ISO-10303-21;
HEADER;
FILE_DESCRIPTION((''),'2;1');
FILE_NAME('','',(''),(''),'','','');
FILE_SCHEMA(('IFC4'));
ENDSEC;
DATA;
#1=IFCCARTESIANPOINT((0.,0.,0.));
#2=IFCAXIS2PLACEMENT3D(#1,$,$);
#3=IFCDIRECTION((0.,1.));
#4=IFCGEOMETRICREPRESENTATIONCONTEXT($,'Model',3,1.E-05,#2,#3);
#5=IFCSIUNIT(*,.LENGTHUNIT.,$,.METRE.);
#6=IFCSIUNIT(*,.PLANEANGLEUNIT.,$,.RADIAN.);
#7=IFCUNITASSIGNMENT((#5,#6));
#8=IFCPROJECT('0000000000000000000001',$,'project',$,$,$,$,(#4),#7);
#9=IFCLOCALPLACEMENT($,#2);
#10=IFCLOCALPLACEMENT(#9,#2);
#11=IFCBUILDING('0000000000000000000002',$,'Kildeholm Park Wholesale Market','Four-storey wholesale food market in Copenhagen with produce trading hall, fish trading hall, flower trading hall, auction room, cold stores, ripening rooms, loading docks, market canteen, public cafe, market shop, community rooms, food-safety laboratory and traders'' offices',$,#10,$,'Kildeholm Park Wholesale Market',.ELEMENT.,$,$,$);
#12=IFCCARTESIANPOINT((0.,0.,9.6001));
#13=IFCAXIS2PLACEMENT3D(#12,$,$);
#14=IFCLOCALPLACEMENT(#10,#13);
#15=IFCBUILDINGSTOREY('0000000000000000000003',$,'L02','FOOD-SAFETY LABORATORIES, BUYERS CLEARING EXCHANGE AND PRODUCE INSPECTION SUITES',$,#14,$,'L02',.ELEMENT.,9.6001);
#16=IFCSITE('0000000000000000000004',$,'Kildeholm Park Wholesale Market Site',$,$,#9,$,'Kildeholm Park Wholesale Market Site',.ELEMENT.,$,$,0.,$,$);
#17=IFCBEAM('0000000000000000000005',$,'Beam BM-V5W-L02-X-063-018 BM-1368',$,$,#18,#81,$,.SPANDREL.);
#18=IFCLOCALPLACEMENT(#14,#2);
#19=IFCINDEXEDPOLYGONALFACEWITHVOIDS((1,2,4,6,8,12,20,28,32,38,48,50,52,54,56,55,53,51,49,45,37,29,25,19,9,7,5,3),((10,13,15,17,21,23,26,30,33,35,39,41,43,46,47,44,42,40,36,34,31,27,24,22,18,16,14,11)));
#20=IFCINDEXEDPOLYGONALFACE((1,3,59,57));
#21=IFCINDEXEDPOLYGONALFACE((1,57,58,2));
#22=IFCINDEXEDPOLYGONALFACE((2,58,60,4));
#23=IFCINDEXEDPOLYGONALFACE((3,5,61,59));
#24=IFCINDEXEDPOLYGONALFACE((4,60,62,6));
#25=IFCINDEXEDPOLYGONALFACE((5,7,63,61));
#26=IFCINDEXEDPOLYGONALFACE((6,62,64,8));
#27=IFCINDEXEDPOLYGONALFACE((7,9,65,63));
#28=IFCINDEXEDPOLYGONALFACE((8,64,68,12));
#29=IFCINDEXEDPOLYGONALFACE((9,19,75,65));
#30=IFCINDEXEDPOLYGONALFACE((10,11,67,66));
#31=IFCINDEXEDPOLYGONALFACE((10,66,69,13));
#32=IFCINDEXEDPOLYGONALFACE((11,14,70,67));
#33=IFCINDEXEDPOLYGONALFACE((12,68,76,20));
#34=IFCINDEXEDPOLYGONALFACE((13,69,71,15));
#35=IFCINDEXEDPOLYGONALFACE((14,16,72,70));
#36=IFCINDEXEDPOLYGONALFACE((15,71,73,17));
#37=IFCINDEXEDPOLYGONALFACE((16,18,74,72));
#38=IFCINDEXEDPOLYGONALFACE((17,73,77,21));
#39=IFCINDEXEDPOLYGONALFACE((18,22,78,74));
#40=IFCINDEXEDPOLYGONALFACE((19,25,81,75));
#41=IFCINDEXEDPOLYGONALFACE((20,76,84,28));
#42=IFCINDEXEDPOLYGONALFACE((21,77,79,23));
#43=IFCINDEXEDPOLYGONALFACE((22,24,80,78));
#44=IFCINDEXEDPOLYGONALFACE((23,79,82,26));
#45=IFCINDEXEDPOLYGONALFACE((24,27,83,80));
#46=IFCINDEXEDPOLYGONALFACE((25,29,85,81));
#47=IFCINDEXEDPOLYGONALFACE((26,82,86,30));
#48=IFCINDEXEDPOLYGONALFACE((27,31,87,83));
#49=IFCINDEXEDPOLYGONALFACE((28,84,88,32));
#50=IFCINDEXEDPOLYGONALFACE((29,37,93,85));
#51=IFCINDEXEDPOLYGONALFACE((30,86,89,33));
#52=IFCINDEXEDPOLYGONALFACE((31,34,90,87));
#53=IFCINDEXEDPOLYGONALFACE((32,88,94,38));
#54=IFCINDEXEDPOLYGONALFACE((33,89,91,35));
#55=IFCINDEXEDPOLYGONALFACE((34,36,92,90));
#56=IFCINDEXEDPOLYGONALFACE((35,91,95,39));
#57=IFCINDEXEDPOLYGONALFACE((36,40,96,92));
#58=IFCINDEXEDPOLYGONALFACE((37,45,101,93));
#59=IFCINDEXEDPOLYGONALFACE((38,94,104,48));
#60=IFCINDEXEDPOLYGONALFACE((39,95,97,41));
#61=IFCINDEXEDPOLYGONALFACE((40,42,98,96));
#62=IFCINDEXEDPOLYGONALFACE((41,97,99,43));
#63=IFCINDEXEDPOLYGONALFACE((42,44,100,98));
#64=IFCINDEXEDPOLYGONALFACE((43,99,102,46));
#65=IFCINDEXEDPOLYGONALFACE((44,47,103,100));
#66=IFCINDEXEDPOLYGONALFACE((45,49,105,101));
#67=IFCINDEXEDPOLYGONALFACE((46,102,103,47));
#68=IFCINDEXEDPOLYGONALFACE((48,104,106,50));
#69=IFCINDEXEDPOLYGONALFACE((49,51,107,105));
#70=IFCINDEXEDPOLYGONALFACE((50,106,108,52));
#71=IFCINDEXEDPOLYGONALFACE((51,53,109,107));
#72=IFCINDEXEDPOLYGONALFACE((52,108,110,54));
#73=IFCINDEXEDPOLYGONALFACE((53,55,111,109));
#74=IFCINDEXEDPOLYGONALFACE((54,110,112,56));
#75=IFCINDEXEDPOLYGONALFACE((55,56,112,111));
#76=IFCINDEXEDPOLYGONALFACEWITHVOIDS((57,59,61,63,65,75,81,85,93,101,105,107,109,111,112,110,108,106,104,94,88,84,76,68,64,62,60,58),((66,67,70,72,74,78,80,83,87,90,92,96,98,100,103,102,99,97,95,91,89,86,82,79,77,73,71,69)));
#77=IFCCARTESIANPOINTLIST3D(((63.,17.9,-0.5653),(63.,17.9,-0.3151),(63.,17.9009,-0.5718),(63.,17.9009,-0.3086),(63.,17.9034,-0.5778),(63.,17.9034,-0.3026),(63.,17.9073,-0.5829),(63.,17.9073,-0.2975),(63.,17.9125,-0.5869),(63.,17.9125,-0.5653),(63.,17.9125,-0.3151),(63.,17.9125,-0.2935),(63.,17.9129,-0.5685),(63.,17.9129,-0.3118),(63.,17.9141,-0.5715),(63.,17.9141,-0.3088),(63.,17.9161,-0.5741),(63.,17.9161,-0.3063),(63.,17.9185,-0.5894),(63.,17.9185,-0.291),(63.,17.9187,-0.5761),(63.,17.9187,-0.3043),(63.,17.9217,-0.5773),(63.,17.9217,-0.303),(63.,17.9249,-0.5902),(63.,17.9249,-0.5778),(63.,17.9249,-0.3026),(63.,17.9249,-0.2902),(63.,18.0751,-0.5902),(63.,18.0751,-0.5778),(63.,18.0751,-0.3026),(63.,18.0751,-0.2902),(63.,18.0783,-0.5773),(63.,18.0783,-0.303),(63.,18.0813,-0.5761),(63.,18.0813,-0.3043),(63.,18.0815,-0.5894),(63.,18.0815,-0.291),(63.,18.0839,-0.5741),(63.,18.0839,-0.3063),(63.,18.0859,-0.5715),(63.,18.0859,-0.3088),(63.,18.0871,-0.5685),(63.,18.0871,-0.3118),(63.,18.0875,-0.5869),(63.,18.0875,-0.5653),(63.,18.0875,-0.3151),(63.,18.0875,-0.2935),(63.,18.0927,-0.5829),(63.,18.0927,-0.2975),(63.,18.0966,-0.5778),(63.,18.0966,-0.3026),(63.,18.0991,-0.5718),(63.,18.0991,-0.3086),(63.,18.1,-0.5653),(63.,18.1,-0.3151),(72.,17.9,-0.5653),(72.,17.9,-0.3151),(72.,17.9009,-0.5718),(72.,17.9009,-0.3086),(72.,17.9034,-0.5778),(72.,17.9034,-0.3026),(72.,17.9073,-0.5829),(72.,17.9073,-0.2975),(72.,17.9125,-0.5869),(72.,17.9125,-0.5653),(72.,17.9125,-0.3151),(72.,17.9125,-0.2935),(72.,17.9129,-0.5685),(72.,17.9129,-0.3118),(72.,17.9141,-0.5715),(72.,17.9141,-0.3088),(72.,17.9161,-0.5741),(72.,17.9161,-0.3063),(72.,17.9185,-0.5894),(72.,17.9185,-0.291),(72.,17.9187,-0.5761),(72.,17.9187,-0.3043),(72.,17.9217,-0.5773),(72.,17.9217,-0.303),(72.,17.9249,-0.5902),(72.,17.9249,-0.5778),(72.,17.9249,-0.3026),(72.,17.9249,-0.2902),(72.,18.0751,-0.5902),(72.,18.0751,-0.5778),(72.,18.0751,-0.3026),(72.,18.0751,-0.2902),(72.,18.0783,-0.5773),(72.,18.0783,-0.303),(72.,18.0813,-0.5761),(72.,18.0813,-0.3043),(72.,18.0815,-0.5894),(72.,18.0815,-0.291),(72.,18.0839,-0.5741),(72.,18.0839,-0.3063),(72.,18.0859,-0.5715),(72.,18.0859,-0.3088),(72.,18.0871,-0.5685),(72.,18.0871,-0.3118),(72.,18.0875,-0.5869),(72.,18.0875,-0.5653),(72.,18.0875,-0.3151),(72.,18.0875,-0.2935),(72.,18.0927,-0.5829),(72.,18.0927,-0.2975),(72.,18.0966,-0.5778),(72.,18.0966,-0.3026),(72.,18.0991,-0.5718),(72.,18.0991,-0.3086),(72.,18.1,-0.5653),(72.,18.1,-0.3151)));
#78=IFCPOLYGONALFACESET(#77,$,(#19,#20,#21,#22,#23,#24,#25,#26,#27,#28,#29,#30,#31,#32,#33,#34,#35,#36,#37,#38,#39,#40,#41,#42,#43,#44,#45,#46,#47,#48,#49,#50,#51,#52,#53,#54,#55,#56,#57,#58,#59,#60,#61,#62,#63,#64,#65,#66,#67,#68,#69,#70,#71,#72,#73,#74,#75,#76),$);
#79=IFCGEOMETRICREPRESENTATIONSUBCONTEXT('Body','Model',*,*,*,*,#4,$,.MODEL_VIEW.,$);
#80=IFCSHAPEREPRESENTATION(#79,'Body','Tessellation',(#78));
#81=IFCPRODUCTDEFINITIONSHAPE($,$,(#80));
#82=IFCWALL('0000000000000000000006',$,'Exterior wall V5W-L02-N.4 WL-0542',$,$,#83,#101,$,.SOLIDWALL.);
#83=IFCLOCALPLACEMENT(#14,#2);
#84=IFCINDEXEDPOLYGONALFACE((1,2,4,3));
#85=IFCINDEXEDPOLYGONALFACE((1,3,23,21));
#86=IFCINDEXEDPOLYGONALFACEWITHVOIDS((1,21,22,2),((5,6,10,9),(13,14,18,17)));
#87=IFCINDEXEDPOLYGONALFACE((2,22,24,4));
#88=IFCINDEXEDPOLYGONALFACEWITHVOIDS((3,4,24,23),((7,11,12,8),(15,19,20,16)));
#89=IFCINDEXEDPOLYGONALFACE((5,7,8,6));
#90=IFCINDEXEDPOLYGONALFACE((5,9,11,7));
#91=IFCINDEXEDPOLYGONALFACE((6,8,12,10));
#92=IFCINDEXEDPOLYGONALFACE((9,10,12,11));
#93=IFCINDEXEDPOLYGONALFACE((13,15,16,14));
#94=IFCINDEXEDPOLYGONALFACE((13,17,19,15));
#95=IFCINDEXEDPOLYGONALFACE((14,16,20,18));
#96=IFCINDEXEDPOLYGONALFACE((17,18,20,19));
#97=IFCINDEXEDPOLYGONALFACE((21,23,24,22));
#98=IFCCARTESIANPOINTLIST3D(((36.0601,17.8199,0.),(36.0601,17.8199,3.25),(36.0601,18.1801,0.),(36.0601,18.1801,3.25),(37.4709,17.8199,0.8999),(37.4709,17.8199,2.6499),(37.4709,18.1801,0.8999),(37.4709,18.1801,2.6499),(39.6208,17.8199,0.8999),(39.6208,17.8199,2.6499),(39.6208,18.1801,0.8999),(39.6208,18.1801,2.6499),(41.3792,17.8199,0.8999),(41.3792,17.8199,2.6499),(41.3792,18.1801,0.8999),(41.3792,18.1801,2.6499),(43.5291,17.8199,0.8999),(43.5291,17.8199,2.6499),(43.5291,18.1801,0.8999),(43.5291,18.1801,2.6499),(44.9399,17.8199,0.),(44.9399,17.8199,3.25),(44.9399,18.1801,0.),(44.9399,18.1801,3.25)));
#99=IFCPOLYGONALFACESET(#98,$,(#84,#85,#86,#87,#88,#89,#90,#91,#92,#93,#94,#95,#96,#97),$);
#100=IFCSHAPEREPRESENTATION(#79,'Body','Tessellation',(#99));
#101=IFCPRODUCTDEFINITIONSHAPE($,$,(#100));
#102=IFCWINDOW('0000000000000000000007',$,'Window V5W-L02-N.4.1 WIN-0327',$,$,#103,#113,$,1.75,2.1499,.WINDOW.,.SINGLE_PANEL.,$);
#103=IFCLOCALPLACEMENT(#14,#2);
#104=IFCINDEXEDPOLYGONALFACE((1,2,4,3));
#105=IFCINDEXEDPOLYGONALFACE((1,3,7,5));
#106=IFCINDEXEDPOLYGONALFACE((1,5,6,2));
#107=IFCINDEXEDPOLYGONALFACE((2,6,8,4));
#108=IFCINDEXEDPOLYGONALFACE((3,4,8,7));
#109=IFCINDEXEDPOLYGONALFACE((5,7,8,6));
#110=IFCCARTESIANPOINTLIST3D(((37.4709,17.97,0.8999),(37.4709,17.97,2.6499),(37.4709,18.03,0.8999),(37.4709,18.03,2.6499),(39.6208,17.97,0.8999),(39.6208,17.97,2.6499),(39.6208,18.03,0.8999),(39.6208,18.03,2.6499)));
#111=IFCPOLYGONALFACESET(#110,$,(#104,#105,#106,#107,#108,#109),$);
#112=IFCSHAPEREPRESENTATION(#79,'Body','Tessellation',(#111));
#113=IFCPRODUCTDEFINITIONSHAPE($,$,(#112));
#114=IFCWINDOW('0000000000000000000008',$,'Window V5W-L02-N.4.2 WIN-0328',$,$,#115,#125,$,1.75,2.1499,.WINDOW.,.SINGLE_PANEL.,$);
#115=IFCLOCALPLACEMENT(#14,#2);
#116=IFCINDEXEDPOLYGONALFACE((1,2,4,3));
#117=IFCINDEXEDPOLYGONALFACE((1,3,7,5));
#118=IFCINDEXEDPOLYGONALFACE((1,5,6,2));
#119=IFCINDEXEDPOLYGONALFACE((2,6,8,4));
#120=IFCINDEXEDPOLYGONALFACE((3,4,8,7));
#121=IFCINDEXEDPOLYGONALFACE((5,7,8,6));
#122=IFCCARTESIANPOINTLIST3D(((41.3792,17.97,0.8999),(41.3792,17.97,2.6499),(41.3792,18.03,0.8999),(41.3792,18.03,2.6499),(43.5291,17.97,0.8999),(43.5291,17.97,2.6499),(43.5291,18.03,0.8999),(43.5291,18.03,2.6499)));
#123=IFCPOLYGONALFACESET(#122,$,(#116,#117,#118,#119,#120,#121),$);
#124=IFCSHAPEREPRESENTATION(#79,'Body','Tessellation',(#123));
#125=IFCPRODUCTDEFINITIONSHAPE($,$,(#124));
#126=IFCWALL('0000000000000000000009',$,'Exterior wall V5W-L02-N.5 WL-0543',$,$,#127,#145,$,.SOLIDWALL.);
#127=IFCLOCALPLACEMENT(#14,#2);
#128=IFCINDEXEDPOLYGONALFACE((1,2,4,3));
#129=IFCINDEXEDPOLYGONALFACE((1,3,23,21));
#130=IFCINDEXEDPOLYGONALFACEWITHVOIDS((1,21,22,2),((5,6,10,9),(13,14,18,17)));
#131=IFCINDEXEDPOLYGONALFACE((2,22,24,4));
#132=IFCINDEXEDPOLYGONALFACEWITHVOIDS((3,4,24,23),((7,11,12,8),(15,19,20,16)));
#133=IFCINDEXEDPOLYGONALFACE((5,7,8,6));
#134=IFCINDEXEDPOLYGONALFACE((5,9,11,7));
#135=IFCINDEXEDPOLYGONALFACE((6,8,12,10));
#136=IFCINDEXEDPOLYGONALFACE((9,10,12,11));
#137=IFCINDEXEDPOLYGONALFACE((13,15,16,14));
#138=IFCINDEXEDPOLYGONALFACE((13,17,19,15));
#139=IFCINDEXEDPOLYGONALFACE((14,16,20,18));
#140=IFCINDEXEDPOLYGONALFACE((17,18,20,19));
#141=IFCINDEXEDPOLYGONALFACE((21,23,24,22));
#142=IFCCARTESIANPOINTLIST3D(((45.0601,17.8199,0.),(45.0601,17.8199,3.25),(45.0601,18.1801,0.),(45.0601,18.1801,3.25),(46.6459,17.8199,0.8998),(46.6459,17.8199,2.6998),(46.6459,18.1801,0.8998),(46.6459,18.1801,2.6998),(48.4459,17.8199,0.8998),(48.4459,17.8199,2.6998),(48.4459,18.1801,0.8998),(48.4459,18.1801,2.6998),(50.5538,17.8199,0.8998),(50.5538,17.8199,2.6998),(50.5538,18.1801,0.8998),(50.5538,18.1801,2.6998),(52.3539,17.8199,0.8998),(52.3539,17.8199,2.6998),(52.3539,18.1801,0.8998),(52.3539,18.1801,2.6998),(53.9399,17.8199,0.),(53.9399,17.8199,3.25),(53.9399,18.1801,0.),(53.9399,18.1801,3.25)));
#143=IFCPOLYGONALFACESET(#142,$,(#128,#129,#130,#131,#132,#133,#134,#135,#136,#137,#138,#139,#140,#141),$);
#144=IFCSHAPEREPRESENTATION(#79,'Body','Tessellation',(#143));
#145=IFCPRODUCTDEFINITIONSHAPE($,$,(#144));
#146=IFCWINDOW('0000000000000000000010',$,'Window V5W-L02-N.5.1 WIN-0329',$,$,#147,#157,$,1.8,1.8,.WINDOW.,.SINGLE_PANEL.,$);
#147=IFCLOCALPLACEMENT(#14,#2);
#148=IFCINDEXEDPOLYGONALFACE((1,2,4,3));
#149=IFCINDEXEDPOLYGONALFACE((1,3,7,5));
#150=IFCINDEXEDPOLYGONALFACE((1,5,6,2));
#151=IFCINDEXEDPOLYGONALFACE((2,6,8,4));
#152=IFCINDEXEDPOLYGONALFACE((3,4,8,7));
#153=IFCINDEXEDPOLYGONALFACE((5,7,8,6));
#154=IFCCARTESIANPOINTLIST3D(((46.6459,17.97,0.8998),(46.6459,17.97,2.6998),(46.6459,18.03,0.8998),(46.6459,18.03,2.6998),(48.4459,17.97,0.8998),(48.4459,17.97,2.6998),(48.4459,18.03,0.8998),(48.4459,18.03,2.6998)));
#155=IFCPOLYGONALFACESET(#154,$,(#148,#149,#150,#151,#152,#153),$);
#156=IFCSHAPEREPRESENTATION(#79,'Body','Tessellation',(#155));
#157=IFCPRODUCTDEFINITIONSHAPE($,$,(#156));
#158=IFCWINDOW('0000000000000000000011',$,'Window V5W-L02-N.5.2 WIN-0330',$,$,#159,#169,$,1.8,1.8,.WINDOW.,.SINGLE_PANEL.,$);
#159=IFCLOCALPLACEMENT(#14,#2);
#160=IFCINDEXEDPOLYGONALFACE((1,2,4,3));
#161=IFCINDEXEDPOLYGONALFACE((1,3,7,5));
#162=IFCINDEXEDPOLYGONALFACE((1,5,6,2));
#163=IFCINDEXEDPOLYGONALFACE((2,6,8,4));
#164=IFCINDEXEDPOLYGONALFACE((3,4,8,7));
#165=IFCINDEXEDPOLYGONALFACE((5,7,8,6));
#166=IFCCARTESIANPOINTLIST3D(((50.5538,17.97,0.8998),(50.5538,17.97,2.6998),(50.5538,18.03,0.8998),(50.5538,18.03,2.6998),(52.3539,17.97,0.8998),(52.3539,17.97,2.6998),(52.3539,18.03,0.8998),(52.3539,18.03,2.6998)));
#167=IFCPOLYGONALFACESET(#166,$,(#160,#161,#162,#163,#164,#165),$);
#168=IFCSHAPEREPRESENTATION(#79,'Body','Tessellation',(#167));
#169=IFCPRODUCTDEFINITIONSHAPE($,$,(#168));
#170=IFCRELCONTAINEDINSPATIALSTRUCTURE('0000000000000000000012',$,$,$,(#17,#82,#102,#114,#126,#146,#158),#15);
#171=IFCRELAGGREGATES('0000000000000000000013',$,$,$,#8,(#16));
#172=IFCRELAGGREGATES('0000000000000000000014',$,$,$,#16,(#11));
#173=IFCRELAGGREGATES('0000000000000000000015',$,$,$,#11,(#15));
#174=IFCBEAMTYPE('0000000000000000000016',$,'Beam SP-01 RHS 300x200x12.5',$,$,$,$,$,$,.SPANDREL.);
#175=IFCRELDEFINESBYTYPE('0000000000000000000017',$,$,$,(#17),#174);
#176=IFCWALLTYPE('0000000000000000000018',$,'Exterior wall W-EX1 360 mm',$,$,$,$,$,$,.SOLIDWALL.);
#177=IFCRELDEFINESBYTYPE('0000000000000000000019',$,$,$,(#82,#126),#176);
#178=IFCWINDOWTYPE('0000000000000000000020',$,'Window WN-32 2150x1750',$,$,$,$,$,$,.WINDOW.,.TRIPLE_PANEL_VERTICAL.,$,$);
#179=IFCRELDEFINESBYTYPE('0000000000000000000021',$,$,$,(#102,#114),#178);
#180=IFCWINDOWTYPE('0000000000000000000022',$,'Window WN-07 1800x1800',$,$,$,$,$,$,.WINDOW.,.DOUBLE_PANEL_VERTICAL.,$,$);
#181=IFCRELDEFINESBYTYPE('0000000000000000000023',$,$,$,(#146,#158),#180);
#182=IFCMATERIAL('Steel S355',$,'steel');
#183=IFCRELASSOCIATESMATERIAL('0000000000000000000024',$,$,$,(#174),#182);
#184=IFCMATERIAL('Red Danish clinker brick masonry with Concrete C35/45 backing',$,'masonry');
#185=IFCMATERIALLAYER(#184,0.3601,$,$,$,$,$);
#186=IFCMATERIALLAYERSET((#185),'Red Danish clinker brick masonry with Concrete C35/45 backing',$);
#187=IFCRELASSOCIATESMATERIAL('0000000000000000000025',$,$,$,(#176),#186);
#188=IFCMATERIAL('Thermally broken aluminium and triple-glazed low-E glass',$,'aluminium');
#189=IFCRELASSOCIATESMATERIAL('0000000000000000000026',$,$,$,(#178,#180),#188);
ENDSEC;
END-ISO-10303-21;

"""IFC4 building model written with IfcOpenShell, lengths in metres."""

from ifc_helpers import new_model, si_unit, direction, frame, frame_2d, origin, origin_2d, place, context, subcontext, project, spatial, rectangle, hollow_rectangle, extrude, material, layer, layer_set, material_profile, profile_set, type_object, element, fill, save


model = new_model("IFC4")

# Units and contexts
model_context = context("Model", 3, precision=1e-05, world=origin(), true_north=direction((0.0, 1.0)))
body_context = subcontext(model_context, "Body", "Model", "MODEL_VIEW")
ifc_project = project(units=[si_unit("LENGTHUNIT", "METRE"), si_unit("PLANEANGLEUNIT", "RADIAN")], contexts=[model_context])

# Site, building, storey
site_placement = place(None, origin())
site = spatial("IfcSite", under=ifc_project, at=site_placement, Name="Kildeholm Park Wholesale Market Site", LongName="Kildeholm Park Wholesale Market Site", CompositionType="ELEMENT", RefElevation=0.0)
building_placement = place(site_placement, origin())
building = spatial("IfcBuilding", under=site, at=building_placement, Name="Kildeholm Park Wholesale Market", Description="Four-storey wholesale food market in Copenhagen with produce trading hall, fish trading hall, flower trading hall, auction room, cold stores, ripening rooms, loading docks, market canteen, public cafe, market shop, community rooms, food-safety laboratory and traders' offices", LongName="Kildeholm Park Wholesale Market", CompositionType="ELEMENT")
storey_placement = place(building_placement, frame((0.0, 0.0, 9.6001)))
storey = spatial("IfcBuildingStorey", under=building, at=storey_placement, Name="L02", Description="FOOD-SAFETY LABORATORIES, BUYERS CLEARING EXCHANGE AND PRODUCE INSPECTION SUITES", LongName="L02", CompositionType="ELEMENT", Elevation=9.6001)

# Shared definitions
ifc_material_1 = material(Name="Steel S355", Category="steel")

# Beam
ifc_material_profile_1 = material_profile(ifc_material_1, hollow_rectangle(XDim=0.2, YDim=0.3, WallThickness=0.0125, InnerFilletRadius=0.0125, OuterFilletRadius=0.0249, at=origin_2d()), Name="RHS 300x200x12.5")
ifc_profile_set_1 = profile_set([ifc_material_profile_1], Name="Steel S355")
beam_type_1 = type_object("IfcBeamType", Name="Beam SP-01 RHS 300x200x12.5", PredefinedType="SPANDREL", material=ifc_profile_set_1)
for number, where, z_axis, x_axis, name in (
    (1, (63.0, 18.0, -0.4402), (1.0, 0.0, 0.0), (0.0, 1.0, 0.0), "Beam BM-V5W-L02-X-063-018 BM-1368"),
):
    element("IfcBeam", number, at=place(storey_placement, frame(where, z_axis=z_axis, x_axis=x_axis)), inside=storey, type_object=beam_type_1, Name=name, PredefinedType="SPANDREL", context=body_context, shape_type="SweptSolid", body=[
        extrude(hollow_rectangle(XDim=0.2, YDim=0.3, WallThickness=0.0125, InnerFilletRadius=0.0125, OuterFilletRadius=0.0249, at=origin_2d()), origin(), (0.0, 0.0, 1.0), 9.0),
    ])

# Walls, openings, windows
ifc_material_2 = material(Name="Red Danish clinker brick masonry with Concrete C35/45 backing", Category="masonry")
ifc_layer_1 = layer(ifc_material_2, 0.3601)
ifc_layer_set_1 = layer_set([ifc_layer_1], Name="Red Danish clinker brick masonry with Concrete C35/45 backing")
wall_type_1 = type_object("IfcWallType", Name="Exterior wall W-EX1 360 mm", PredefinedType="SOLIDWALL", material=ifc_layer_set_1)
wall_1_placement = place(storey_placement, frame((36.0601, 18.0, 0.0), z_axis=(0.0, 0.0, 1.0), x_axis=(1.0, 0.0, 0.0)))
wall_1 = element("IfcWall", 2, at=wall_1_placement, inside=storey, type_object=wall_type_1, Name="Exterior wall V5W-L02-N.4 WL-0542", PredefinedType="SOLIDWALL", context=body_context, shape_type="SweptSolid", body=[
    extrude(rectangle(XDim=8.8799, YDim=0.3601, at=frame_2d((4.4399, 0.0))), origin(), (0.0, 0.0, 1.0), 3.25),
])
opening_1_placement = place(wall_1_placement, frame((1.4109, 0.0, 0.8999)))
opening_1 = element("IfcOpeningElement", 3, at=opening_1_placement, cuts=wall_1, PredefinedType="OPENING", context=body_context, shape_type="SweptSolid", body=[
    extrude(rectangle(XDim=2.1499, YDim=1.75, at=frame_2d((1.075, 0.875))), frame((0.0, 0.1899, 0.0), z_axis=(0.0, -1.0, 0.0), x_axis=(1.0, 0.0, 0.0)), (0.0, 0.0, 1.0), 0.3801),
])
opening_2_placement = place(wall_1_placement, frame((5.3191, 0.0, 0.8999)))
opening_2 = element("IfcOpeningElement", 4, at=opening_2_placement, cuts=wall_1, PredefinedType="OPENING", context=body_context, shape_type="SweptSolid", body=[
    extrude(rectangle(XDim=2.1499, YDim=1.75, at=frame_2d((1.075, 0.875))), frame((0.0, 0.1899, 0.0), z_axis=(0.0, -1.0, 0.0), x_axis=(1.0, 0.0, 0.0)), (0.0, 0.0, 1.0), 0.3801),
])
ifc_material_3 = material(Name="Thermally broken aluminium and triple-glazed low-E glass", Category="aluminium")
window_type_1 = type_object("IfcWindowType", Name="Window WN-32 2150x1750", PartitioningType="TRIPLE_PANEL_VERTICAL", PredefinedType="WINDOW", material=ifc_material_3)
window_1_placement = place(opening_1_placement, origin())
window_1 = element("IfcWindow", 5, at=window_1_placement, inside=storey, type_object=window_type_1, Name="Window V5W-L02-N.4.1 WIN-0327", OverallHeight=1.75, OverallWidth=2.1499, PartitioningType="SINGLE_PANEL", PredefinedType="WINDOW", context=body_context, shape_type="SweptSolid", body=[
    extrude(rectangle(XDim=2.1499, YDim=1.75, at=frame_2d((1.075, 0.875))), frame((0.0, 0.03, 0.0), z_axis=(0.0, -1.0, 0.0), x_axis=(1.0, 0.0, 0.0)), (0.0, 0.0, 1.0), 0.0601),
])
fill(opening_1, window_1)
window_2_placement = place(opening_2_placement, origin())
window_2 = element("IfcWindow", 6, at=window_2_placement, inside=storey, type_object=window_type_1, Name="Window V5W-L02-N.4.2 WIN-0328", OverallHeight=1.75, OverallWidth=2.1499, PartitioningType="SINGLE_PANEL", PredefinedType="WINDOW", context=body_context, shape_type="SweptSolid", body=[
    extrude(rectangle(XDim=2.1499, YDim=1.75, at=frame_2d((1.075, 0.875))), frame((0.0, 0.03, 0.0), z_axis=(0.0, -1.0, 0.0), x_axis=(1.0, 0.0, 0.0)), (0.0, 0.0, 1.0), 0.0601),
])
fill(opening_2, window_2)
wall_2_placement = place(storey_placement, frame((45.0601, 18.0, 0.0), z_axis=(0.0, 0.0, 1.0), x_axis=(1.0, 0.0, 0.0)))
wall_2 = element("IfcWall", 7, at=wall_2_placement, inside=storey, type_object=wall_type_1, Name="Exterior wall V5W-L02-N.5 WL-0543", PredefinedType="SOLIDWALL", context=body_context, shape_type="SweptSolid", body=[
    extrude(rectangle(XDim=8.8799, YDim=0.3601, at=frame_2d((4.4399, 0.0))), origin(), (0.0, 0.0, 1.0), 3.25),
])
opening_3_placement = place(wall_2_placement, frame((1.5859, 0.0, 0.8999)))
opening_3 = element("IfcOpeningElement", 8, at=opening_3_placement, cuts=wall_2, PredefinedType="OPENING", context=body_context, shape_type="SweptSolid", body=[
    extrude(rectangle(XDim=1.8, YDim=1.8, at=frame_2d((0.8999, 0.8999))), frame((0.0, 0.1899, 0.0), z_axis=(0.0, -1.0, 0.0), x_axis=(1.0, 0.0, 0.0)), (0.0, 0.0, 1.0), 0.3801),
])
opening_4_placement = place(wall_2_placement, frame((5.4939, 0.0, 0.8999)))
opening_4 = element("IfcOpeningElement", 9, at=opening_4_placement, cuts=wall_2, PredefinedType="OPENING", context=body_context, shape_type="SweptSolid", body=[
    extrude(rectangle(XDim=1.8, YDim=1.8, at=frame_2d((0.8999, 0.8999))), frame((0.0, 0.1899, 0.0), z_axis=(0.0, -1.0, 0.0), x_axis=(1.0, 0.0, 0.0)), (0.0, 0.0, 1.0), 0.3801),
])
window_type_2 = type_object("IfcWindowType", Name="Window WN-07 1800x1800", PartitioningType="DOUBLE_PANEL_VERTICAL", PredefinedType="WINDOW", material=ifc_material_3)
window_3_placement = place(opening_3_placement, origin())
window_3 = element("IfcWindow", 10, at=window_3_placement, inside=storey, type_object=window_type_2, Name="Window V5W-L02-N.5.1 WIN-0329", OverallHeight=1.8, OverallWidth=1.8, PartitioningType="SINGLE_PANEL", PredefinedType="WINDOW", context=body_context, shape_type="SweptSolid", body=[
    extrude(rectangle(XDim=1.8, YDim=1.8, at=frame_2d((0.8999, 0.8999))), frame((0.0, 0.03, 0.0), z_axis=(0.0, -1.0, 0.0), x_axis=(1.0, 0.0, 0.0)), (0.0, 0.0, 1.0), 0.0601),
])
fill(opening_3, window_3)
window_4_placement = place(opening_4_placement, origin())
window_4 = element("IfcWindow", 11, at=window_4_placement, inside=storey, type_object=window_type_2, Name="Window V5W-L02-N.5.2 WIN-0330", OverallHeight=1.8, OverallWidth=1.8, PartitioningType="SINGLE_PANEL", PredefinedType="WINDOW", context=body_context, shape_type="SweptSolid", body=[
    extrude(rectangle(XDim=1.8, YDim=1.8, at=frame_2d((0.8999, 0.8999))), frame((0.0, 0.03, 0.0), z_axis=(0.0, -1.0, 0.0), x_axis=(1.0, 0.0, 0.0)), (0.0, 0.0, 1.0), 0.0601),
])
fill(opening_4, window_4)

save(model, "model.ifc")
